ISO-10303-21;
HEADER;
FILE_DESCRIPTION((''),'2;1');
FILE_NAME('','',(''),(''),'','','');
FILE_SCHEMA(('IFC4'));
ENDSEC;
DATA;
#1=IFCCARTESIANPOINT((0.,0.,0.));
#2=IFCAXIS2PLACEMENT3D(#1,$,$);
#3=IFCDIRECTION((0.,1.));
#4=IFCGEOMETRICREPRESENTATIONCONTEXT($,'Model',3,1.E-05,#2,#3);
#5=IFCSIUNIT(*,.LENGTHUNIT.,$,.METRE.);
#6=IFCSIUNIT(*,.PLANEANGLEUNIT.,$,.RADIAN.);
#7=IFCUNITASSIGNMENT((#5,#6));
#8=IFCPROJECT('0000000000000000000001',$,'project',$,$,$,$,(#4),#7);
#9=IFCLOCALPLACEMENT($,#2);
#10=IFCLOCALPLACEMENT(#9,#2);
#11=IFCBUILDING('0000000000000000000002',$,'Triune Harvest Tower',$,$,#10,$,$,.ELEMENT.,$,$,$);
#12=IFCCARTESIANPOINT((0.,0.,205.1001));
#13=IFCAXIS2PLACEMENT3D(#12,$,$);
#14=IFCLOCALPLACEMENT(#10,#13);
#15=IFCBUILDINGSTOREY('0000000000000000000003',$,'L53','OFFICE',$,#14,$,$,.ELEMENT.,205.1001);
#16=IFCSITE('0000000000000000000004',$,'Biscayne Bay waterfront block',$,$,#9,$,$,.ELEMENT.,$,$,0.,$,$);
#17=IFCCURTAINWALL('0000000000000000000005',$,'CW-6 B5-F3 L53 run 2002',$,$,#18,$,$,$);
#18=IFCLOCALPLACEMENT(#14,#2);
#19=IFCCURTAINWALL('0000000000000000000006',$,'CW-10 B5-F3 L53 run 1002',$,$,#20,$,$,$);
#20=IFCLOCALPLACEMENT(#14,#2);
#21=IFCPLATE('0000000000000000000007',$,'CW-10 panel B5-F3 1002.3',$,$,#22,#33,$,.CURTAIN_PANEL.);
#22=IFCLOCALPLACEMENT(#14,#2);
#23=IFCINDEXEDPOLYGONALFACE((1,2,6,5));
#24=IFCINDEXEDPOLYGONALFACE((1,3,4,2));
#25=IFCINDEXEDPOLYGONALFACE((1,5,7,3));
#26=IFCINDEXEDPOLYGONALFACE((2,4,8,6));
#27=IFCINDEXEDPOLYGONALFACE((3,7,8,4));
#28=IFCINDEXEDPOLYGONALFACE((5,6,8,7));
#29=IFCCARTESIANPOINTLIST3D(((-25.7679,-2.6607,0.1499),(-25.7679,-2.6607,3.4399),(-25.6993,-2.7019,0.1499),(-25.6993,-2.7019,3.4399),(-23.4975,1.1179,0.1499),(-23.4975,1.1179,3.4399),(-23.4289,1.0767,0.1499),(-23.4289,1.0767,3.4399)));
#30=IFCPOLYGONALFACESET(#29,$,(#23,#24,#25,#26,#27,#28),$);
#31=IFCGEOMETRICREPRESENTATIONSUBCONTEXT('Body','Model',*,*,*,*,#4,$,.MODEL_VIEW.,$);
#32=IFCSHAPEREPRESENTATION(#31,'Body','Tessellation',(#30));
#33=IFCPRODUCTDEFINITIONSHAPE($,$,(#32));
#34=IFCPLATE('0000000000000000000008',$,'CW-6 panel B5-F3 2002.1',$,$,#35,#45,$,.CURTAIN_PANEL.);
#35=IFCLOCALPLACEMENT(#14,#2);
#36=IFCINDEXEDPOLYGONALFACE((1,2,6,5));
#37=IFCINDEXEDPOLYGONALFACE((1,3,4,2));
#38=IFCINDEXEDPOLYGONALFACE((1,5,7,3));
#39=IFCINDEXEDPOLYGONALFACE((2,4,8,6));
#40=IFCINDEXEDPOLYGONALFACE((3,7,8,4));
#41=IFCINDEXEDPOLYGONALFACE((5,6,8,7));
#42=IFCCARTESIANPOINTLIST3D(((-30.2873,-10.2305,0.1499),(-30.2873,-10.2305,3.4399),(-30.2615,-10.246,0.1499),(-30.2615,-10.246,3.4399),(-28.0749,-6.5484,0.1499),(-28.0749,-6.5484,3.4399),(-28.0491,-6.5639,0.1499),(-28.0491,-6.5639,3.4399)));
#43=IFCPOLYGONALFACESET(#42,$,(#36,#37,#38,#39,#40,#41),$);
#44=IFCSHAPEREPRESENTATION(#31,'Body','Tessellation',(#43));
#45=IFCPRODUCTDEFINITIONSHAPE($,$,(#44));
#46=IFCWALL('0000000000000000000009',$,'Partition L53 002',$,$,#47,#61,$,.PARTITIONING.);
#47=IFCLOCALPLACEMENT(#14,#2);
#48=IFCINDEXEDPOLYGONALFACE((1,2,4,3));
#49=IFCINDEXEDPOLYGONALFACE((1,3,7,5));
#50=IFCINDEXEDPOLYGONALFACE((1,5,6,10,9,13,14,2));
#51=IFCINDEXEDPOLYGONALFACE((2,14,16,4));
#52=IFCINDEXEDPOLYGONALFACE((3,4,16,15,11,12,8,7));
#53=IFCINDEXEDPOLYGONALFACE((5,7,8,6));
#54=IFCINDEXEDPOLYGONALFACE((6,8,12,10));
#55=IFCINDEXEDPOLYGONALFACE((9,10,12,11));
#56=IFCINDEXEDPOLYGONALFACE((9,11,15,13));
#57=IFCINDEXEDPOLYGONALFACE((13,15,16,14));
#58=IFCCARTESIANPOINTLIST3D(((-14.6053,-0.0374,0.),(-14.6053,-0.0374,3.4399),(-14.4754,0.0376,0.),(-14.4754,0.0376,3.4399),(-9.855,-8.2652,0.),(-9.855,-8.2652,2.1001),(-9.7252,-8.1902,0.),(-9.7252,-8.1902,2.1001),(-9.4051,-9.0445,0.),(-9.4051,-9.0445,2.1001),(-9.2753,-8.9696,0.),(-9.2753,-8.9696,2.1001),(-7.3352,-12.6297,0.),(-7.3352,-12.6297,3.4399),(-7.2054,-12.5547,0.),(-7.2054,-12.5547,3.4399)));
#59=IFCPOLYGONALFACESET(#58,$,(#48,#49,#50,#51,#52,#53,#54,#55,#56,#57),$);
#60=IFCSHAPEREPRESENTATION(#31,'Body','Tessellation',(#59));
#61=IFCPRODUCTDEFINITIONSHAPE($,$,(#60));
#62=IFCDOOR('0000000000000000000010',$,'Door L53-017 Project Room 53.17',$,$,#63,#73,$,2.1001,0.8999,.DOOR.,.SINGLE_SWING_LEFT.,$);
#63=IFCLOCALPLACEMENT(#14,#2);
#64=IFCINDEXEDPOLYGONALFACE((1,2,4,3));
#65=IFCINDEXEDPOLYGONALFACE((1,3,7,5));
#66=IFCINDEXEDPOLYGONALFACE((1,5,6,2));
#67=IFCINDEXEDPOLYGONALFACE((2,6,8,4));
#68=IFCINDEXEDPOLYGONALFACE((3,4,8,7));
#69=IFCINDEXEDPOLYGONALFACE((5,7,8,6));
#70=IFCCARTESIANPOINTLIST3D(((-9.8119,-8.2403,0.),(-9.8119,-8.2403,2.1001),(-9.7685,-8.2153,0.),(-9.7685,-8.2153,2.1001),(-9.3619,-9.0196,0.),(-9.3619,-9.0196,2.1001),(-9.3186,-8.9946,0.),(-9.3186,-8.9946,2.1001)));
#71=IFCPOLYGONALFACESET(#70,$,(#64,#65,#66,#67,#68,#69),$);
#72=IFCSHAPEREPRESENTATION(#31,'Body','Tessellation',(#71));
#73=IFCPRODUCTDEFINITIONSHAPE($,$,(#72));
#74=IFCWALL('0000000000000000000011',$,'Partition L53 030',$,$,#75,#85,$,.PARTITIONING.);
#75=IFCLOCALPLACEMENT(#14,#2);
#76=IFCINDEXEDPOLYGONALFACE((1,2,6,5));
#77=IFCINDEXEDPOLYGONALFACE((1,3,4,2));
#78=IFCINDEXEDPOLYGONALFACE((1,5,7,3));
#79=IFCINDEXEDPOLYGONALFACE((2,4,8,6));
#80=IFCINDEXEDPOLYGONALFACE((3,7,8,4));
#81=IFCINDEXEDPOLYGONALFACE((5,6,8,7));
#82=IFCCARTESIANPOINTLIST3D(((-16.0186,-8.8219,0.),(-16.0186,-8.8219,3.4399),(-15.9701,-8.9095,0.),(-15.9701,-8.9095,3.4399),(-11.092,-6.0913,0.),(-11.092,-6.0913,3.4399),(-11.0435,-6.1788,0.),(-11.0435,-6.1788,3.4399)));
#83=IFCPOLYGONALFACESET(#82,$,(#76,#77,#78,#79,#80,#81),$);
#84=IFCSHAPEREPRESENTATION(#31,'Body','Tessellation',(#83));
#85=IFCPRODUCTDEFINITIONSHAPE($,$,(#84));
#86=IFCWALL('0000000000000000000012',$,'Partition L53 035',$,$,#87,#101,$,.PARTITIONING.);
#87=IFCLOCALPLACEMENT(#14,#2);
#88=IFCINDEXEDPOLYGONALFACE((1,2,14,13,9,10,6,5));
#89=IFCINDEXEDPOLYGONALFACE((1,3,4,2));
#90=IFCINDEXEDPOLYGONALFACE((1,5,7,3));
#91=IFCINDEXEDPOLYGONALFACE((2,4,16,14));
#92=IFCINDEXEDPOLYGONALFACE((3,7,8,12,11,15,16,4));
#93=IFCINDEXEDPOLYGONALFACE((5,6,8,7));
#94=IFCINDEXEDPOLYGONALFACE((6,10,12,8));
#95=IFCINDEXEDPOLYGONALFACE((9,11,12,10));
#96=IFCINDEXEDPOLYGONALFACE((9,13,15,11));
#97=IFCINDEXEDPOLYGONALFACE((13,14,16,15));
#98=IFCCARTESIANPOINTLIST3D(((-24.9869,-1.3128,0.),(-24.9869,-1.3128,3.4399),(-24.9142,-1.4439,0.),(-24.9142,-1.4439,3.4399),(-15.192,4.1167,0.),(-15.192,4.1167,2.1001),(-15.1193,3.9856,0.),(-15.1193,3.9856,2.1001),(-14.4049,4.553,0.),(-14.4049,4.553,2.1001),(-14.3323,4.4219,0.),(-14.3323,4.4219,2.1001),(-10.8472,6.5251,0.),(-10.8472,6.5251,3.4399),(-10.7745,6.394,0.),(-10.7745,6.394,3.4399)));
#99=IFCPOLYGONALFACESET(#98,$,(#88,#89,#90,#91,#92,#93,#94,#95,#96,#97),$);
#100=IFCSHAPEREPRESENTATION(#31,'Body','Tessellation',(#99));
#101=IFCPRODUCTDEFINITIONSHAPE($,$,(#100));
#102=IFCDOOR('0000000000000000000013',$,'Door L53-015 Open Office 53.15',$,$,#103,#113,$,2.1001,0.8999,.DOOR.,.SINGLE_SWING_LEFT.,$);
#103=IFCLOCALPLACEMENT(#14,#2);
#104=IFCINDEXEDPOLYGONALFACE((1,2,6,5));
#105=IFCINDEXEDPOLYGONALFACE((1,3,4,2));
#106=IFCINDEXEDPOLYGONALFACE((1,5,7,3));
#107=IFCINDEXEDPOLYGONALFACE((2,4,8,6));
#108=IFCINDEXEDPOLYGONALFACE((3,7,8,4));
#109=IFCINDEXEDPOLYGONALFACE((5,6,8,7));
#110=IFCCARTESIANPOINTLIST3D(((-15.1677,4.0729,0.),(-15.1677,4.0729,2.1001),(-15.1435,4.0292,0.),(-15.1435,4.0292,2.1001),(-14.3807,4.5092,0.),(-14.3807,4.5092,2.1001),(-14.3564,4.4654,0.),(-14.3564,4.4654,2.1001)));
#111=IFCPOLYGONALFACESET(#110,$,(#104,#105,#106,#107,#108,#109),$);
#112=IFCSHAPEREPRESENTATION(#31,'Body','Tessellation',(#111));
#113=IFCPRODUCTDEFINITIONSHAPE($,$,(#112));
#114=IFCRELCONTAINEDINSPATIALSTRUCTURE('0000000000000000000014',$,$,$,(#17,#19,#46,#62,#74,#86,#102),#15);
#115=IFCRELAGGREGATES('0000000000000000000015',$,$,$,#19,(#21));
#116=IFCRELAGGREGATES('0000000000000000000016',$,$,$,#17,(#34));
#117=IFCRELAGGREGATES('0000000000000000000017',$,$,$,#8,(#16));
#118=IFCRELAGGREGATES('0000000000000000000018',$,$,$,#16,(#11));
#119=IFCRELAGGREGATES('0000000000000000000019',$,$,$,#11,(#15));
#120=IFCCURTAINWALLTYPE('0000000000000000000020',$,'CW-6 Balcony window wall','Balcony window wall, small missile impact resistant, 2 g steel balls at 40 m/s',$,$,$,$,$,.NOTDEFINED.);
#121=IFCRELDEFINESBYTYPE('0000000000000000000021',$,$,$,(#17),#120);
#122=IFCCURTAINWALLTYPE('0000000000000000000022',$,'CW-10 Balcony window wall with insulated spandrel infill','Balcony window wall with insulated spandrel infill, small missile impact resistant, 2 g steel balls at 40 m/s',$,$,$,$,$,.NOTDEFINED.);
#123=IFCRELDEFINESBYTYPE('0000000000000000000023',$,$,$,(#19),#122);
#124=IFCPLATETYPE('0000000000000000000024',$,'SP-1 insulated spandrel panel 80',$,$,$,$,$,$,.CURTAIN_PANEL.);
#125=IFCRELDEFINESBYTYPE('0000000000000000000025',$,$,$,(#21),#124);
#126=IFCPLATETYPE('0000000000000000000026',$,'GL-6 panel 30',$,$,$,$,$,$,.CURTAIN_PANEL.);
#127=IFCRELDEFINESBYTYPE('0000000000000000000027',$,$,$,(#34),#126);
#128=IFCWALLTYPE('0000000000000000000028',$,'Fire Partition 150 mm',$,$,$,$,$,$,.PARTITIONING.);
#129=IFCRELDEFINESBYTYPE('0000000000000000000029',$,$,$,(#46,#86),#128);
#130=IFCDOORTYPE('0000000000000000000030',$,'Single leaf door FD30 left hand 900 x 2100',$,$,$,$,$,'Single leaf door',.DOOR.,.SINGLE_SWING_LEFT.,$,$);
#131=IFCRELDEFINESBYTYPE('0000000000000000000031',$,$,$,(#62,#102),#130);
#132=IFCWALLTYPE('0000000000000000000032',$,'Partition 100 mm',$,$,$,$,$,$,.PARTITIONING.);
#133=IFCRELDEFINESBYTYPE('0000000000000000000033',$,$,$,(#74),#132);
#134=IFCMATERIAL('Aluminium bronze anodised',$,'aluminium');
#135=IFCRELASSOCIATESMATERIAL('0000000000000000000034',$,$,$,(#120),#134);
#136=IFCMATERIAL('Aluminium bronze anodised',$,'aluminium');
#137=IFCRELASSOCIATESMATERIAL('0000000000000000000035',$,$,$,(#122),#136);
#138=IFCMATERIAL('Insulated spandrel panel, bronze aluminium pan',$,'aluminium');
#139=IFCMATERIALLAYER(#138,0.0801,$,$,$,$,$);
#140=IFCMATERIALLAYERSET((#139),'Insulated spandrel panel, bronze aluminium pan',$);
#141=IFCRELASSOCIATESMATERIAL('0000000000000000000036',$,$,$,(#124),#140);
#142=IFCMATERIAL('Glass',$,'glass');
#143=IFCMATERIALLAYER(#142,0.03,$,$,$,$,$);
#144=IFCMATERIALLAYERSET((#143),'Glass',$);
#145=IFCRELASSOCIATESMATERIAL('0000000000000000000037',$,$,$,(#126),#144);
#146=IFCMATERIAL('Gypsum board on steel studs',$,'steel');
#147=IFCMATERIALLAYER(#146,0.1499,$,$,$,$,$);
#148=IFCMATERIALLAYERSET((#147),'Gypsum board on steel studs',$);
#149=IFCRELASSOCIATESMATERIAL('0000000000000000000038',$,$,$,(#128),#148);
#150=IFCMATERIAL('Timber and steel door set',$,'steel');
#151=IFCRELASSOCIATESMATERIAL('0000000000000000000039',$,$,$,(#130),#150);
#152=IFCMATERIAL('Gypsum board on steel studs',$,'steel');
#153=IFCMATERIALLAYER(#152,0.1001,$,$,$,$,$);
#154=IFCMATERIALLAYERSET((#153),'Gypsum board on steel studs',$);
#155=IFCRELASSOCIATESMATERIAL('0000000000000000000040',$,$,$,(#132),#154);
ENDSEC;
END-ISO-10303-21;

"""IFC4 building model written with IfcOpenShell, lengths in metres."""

from ifc_helpers import new_model, si_unit, direction, frame, frame_2d, origin, origin_2d, place, context, subcontext, project, spatial, rectangle, extrude, source, transform, mapped, material, layer, layer_set, type_object, element, fill, aggregate, save


model = new_model("IFC4")

# Units and contexts
model_context = context("Model", 3, precision=1e-05, world=origin(), true_north=direction((0.0, 1.0)))
body_context = subcontext(model_context, "Body", "Model", "MODEL_VIEW")
ifc_project = project(units=[si_unit("LENGTHUNIT", "METRE"), si_unit("PLANEANGLEUNIT", "RADIAN")], contexts=[model_context])

# Site, building, storey
site_placement = place(None, origin())
site = spatial("IfcSite", under=ifc_project, at=site_placement, Name="Biscayne Bay waterfront block", CompositionType="ELEMENT", RefElevation=0.0)
building_placement = place(site_placement, origin())
building = spatial("IfcBuilding", under=site, at=building_placement, Name="Triune Harvest Tower", CompositionType="ELEMENT")
storey_placement = place(building_placement, frame((0.0, 0.0, 205.1001)))
storey = spatial("IfcBuildingStorey", under=building, at=storey_placement, Name="L53", Description="OFFICE", CompositionType="ELEMENT", Elevation=205.1001)

# Curtain wall
ifc_material_1 = material(Name="Aluminium bronze anodised", Category="aluminium")
curtain_wall_type_1 = type_object("IfcCurtainWallType", Name="CW-6 Balcony window wall", Description="Balcony window wall, small missile impact resistant, 2 g steel balls at 40 m/s", PredefinedType="NOTDEFINED", material=ifc_material_1)
curtain_wall_1_placement = place(storey_placement, origin())
curtain_wall_1 = element("IfcCurtainWall", 1, at=curtain_wall_1_placement, inside=storey, type_object=curtain_wall_type_1, Name="CW-6 B5-F3 L53 run 2002")

# Curtain wall
ifc_material_2 = material(Name="Aluminium bronze anodised", Category="aluminium")
curtain_wall_type_2 = type_object("IfcCurtainWallType", Name="CW-10 Balcony window wall with insulated spandrel infill", Description="Balcony window wall with insulated spandrel infill, small missile impact resistant, 2 g steel balls at 40 m/s", PredefinedType="NOTDEFINED", material=ifc_material_2)
curtain_wall_2_placement = place(storey_placement, origin())
curtain_wall_2 = element("IfcCurtainWall", 2, at=curtain_wall_2_placement, inside=storey, type_object=curtain_wall_type_2, Name="CW-10 B5-F3 L53 run 1002")

# Plates
ifc_material_3 = material(Name="Insulated spandrel panel, bronze aluminium pan", Category="aluminium")
ifc_layer_1 = layer(ifc_material_3, 0.0801)
ifc_layer_set_1 = layer_set([ifc_layer_1], Name="Insulated spandrel panel, bronze aluminium pan")
plate_type_1 = type_object("IfcPlateType", Name="SP-1 insulated spandrel panel 80", PredefinedType="CURTAIN_PANEL", material=ifc_layer_set_1)
shared_shape_1 = source(origin(), body_context, "Body", "SweptSolid", [
    extrude(rectangle(XDim=4.4082, YDim=0.0801, at=origin_2d()), origin(), (0.0, 0.0, 1.0), 3.29),
])
plate_1_placement = place(storey_placement, frame((-24.5984, -0.792, 0.1499), z_axis=(0.0, 0.0, 1.0), x_axis=(-0.515035, -0.857169, 0.0)))
plate_1 = element("IfcPlate", 3, at=plate_1_placement, type_object=plate_type_1, Name="CW-10 panel B5-F3 1002.3", PredefinedType="CURTAIN_PANEL", context=body_context, shape_type="MappedRepresentation", body=[
    mapped(shared_shape_1, transform((0.0, 0.0, 0.0), scale=1.0)),
])
aggregate(curtain_wall_2, [plate_1])
ifc_material_4 = material(Name="Glass", Category="glass")
ifc_layer_2 = layer(ifc_material_4, 0.03)
ifc_layer_set_2 = layer_set([ifc_layer_2], Name="Glass")
plate_type_2 = type_object("IfcPlateType", Name="GL-6 panel 30", PredefinedType="CURTAIN_PANEL", material=ifc_layer_set_2)
shared_shape_2 = source(origin(), body_context, "Body", "SweptSolid", [
    extrude(rectangle(XDim=4.2957, YDim=0.03, at=origin_2d()), origin(), (0.0, 0.0, 1.0), 3.29),
])
plate_2_placement = place(storey_placement, frame((-29.1682, -8.3972, 0.1499), z_axis=(0.0, 0.0, 1.0), x_axis=(-0.515034, -0.85717, 0.0)))
plate_2 = element("IfcPlate", 4, at=plate_2_placement, type_object=plate_type_2, Name="CW-6 panel B5-F3 2002.1", PredefinedType="CURTAIN_PANEL", context=body_context, shape_type="MappedRepresentation", body=[
    mapped(shared_shape_2, transform((0.0, 0.0, 0.0), scale=1.0)),
])
aggregate(curtain_wall_1, [plate_2])

# Wall, opening, door
ifc_material_5 = material(Name="Gypsum board on steel studs", Category="steel")
ifc_layer_3 = layer(ifc_material_5, 0.1499)
ifc_layer_set_3 = layer_set([ifc_layer_3], Name="Gypsum board on steel studs")
wall_type_1 = type_object("IfcWallType", Name="Fire Partition 150 mm", PredefinedType="PARTITIONING", material=ifc_layer_set_3)
shared_shape_3 = source(origin(), body_context, "Body", "SweptSolid", [
    extrude(rectangle(XDim=14.5403, YDim=0.1499, at=frame_2d((7.27, 0.0))), origin(), (0.0, 0.0, 1.0), 3.4399),
])
wall_1_placement = place(storey_placement, frame((-14.5403, 0.0, 0.0), z_axis=(0.0, 0.0, 1.0), x_axis=(0.499993, -0.86603, 0.0)))
wall_1 = element("IfcWall", 5, at=wall_1_placement, inside=storey, type_object=wall_type_1, Name="Partition L53 002", PredefinedType="PARTITIONING", context=body_context, shape_type="MappedRepresentation", body=[
    mapped(shared_shape_3, transform((0.0, 0.0, 0.0), scale=1.0)),
])
opening_1_placement = place(wall_1_placement, frame((9.5005, 0.0, 0.0)))
opening_1 = element("IfcOpeningElement", 6, at=opening_1_placement, cuts=wall_1, PredefinedType="OPENING", context=body_context, shape_type="SweptSolid", body=[
    extrude(rectangle(XDim=0.8999, YDim=2.1001, at=frame_2d((0.45, 1.05))), frame((0.0, 0.085, 0.0), z_axis=(0.0, -1.0, 0.0), x_axis=(1.0, 0.0, 0.0)), (0.0, 0.0, 1.0), 0.1699),
])
ifc_material_6 = material(Name="Timber and steel door set", Category="steel")
door_type = type_object("IfcDoorType", Name="Single leaf door FD30 left hand 900 x 2100", ElementType="Single leaf door", OperationType="SINGLE_SWING_LEFT", PredefinedType="DOOR", material=ifc_material_6)
door_1_placement = place(opening_1_placement, origin())
door_1 = element("IfcDoor", 7, at=door_1_placement, inside=storey, type_object=door_type, Name="Door L53-017 Project Room 53.17", OperationType="SINGLE_SWING_LEFT", OverallHeight=2.1001, OverallWidth=0.8999, PredefinedType="DOOR", context=body_context, shape_type="SweptSolid", body=[
    extrude(rectangle(XDim=0.8999, YDim=2.1001, at=frame_2d((0.45, 1.05))), frame((0.0, 0.0249, 0.0), z_axis=(0.0, -1.0, 0.0), x_axis=(1.0, 0.0, 0.0)), (0.0, 0.0, 1.0), 0.05),
])
fill(opening_1, door_1)

# Wall
ifc_material_7 = material(Name="Gypsum board on steel studs", Category="steel")
ifc_layer_4 = layer(ifc_material_7, 0.1001)
ifc_layer_set_4 = layer_set([ifc_layer_4], Name="Gypsum board on steel studs")
wall_type_2 = type_object("IfcWallType", Name="Partition 100 mm", PredefinedType="PARTITIONING", material=ifc_layer_set_4)
shared_shape_4 = source(origin(), body_context, "Body", "SweptSolid", [
    extrude(rectangle(XDim=5.6328, YDim=0.1001, at=frame_2d((2.8164, 0.0))), origin(), (0.0, 0.0, 1.0), 3.4399),
])
wall_2_placement = place(storey_placement, frame((-15.9944, -8.8657, 0.0), z_axis=(0.0, 0.0, 1.0), x_axis=(0.874637, 0.484778, 0.0)))
element("IfcWall", 8, at=wall_2_placement, inside=storey, type_object=wall_type_2, Name="Partition L53 030", PredefinedType="PARTITIONING", context=body_context, shape_type="MappedRepresentation", body=[
    mapped(shared_shape_4, transform((0.0, 0.0, 0.0), scale=1.0)),
])

# Wall, opening, door
shared_shape_5 = source(origin(), body_context, "Body", "SweptSolid", [
    extrude(rectangle(XDim=16.1667, YDim=0.1499, at=frame_2d((8.0835, 0.0))), origin(), (0.0, 0.0, 1.0), 3.4399),
])
wall_3_placement = place(storey_placement, frame((-24.9507, -1.3784, 0.0), z_axis=(0.0, 0.0, 1.0), x_axis=(0.874616, 0.484817, 0.0)))
wall_3 = element("IfcWall", 9, at=wall_3_placement, inside=storey, type_object=wall_type_1, Name="Partition L53 035", PredefinedType="PARTITIONING", context=body_context, shape_type="MappedRepresentation", body=[
    mapped(shared_shape_5, transform((0.0, 0.0, 0.0), scale=1.0)),
])
opening_2_placement = place(wall_3_placement, frame((11.1992, 0.0, 0.0)))
opening_2 = element("IfcOpeningElement", 10, at=opening_2_placement, cuts=wall_3, PredefinedType="OPENING", context=body_context, shape_type="SweptSolid", body=[
    extrude(rectangle(XDim=0.8999, YDim=2.1001, at=frame_2d((0.45, 1.05))), frame((0.0, 0.085, 0.0), z_axis=(0.0, -1.0, 0.0), x_axis=(1.0, 0.0, 0.0)), (0.0, 0.0, 1.0), 0.1699),
])
door_2_placement = place(opening_2_placement, origin())
door_2 = element("IfcDoor", 11, at=door_2_placement, inside=storey, type_object=door_type, Name="Door L53-015 Open Office 53.15", OperationType="SINGLE_SWING_LEFT", OverallHeight=2.1001, OverallWidth=0.8999, PredefinedType="DOOR", context=body_context, shape_type="SweptSolid", body=[
    extrude(rectangle(XDim=0.8999, YDim=2.1001, at=frame_2d((0.45, 1.05))), frame((0.0, 0.0249, 0.0), z_axis=(0.0, -1.0, 0.0), x_axis=(1.0, 0.0, 0.0)), (0.0, 0.0, 1.0), 0.05),
])
fill(opening_2, door_2)

save(model, "model.ifc")
